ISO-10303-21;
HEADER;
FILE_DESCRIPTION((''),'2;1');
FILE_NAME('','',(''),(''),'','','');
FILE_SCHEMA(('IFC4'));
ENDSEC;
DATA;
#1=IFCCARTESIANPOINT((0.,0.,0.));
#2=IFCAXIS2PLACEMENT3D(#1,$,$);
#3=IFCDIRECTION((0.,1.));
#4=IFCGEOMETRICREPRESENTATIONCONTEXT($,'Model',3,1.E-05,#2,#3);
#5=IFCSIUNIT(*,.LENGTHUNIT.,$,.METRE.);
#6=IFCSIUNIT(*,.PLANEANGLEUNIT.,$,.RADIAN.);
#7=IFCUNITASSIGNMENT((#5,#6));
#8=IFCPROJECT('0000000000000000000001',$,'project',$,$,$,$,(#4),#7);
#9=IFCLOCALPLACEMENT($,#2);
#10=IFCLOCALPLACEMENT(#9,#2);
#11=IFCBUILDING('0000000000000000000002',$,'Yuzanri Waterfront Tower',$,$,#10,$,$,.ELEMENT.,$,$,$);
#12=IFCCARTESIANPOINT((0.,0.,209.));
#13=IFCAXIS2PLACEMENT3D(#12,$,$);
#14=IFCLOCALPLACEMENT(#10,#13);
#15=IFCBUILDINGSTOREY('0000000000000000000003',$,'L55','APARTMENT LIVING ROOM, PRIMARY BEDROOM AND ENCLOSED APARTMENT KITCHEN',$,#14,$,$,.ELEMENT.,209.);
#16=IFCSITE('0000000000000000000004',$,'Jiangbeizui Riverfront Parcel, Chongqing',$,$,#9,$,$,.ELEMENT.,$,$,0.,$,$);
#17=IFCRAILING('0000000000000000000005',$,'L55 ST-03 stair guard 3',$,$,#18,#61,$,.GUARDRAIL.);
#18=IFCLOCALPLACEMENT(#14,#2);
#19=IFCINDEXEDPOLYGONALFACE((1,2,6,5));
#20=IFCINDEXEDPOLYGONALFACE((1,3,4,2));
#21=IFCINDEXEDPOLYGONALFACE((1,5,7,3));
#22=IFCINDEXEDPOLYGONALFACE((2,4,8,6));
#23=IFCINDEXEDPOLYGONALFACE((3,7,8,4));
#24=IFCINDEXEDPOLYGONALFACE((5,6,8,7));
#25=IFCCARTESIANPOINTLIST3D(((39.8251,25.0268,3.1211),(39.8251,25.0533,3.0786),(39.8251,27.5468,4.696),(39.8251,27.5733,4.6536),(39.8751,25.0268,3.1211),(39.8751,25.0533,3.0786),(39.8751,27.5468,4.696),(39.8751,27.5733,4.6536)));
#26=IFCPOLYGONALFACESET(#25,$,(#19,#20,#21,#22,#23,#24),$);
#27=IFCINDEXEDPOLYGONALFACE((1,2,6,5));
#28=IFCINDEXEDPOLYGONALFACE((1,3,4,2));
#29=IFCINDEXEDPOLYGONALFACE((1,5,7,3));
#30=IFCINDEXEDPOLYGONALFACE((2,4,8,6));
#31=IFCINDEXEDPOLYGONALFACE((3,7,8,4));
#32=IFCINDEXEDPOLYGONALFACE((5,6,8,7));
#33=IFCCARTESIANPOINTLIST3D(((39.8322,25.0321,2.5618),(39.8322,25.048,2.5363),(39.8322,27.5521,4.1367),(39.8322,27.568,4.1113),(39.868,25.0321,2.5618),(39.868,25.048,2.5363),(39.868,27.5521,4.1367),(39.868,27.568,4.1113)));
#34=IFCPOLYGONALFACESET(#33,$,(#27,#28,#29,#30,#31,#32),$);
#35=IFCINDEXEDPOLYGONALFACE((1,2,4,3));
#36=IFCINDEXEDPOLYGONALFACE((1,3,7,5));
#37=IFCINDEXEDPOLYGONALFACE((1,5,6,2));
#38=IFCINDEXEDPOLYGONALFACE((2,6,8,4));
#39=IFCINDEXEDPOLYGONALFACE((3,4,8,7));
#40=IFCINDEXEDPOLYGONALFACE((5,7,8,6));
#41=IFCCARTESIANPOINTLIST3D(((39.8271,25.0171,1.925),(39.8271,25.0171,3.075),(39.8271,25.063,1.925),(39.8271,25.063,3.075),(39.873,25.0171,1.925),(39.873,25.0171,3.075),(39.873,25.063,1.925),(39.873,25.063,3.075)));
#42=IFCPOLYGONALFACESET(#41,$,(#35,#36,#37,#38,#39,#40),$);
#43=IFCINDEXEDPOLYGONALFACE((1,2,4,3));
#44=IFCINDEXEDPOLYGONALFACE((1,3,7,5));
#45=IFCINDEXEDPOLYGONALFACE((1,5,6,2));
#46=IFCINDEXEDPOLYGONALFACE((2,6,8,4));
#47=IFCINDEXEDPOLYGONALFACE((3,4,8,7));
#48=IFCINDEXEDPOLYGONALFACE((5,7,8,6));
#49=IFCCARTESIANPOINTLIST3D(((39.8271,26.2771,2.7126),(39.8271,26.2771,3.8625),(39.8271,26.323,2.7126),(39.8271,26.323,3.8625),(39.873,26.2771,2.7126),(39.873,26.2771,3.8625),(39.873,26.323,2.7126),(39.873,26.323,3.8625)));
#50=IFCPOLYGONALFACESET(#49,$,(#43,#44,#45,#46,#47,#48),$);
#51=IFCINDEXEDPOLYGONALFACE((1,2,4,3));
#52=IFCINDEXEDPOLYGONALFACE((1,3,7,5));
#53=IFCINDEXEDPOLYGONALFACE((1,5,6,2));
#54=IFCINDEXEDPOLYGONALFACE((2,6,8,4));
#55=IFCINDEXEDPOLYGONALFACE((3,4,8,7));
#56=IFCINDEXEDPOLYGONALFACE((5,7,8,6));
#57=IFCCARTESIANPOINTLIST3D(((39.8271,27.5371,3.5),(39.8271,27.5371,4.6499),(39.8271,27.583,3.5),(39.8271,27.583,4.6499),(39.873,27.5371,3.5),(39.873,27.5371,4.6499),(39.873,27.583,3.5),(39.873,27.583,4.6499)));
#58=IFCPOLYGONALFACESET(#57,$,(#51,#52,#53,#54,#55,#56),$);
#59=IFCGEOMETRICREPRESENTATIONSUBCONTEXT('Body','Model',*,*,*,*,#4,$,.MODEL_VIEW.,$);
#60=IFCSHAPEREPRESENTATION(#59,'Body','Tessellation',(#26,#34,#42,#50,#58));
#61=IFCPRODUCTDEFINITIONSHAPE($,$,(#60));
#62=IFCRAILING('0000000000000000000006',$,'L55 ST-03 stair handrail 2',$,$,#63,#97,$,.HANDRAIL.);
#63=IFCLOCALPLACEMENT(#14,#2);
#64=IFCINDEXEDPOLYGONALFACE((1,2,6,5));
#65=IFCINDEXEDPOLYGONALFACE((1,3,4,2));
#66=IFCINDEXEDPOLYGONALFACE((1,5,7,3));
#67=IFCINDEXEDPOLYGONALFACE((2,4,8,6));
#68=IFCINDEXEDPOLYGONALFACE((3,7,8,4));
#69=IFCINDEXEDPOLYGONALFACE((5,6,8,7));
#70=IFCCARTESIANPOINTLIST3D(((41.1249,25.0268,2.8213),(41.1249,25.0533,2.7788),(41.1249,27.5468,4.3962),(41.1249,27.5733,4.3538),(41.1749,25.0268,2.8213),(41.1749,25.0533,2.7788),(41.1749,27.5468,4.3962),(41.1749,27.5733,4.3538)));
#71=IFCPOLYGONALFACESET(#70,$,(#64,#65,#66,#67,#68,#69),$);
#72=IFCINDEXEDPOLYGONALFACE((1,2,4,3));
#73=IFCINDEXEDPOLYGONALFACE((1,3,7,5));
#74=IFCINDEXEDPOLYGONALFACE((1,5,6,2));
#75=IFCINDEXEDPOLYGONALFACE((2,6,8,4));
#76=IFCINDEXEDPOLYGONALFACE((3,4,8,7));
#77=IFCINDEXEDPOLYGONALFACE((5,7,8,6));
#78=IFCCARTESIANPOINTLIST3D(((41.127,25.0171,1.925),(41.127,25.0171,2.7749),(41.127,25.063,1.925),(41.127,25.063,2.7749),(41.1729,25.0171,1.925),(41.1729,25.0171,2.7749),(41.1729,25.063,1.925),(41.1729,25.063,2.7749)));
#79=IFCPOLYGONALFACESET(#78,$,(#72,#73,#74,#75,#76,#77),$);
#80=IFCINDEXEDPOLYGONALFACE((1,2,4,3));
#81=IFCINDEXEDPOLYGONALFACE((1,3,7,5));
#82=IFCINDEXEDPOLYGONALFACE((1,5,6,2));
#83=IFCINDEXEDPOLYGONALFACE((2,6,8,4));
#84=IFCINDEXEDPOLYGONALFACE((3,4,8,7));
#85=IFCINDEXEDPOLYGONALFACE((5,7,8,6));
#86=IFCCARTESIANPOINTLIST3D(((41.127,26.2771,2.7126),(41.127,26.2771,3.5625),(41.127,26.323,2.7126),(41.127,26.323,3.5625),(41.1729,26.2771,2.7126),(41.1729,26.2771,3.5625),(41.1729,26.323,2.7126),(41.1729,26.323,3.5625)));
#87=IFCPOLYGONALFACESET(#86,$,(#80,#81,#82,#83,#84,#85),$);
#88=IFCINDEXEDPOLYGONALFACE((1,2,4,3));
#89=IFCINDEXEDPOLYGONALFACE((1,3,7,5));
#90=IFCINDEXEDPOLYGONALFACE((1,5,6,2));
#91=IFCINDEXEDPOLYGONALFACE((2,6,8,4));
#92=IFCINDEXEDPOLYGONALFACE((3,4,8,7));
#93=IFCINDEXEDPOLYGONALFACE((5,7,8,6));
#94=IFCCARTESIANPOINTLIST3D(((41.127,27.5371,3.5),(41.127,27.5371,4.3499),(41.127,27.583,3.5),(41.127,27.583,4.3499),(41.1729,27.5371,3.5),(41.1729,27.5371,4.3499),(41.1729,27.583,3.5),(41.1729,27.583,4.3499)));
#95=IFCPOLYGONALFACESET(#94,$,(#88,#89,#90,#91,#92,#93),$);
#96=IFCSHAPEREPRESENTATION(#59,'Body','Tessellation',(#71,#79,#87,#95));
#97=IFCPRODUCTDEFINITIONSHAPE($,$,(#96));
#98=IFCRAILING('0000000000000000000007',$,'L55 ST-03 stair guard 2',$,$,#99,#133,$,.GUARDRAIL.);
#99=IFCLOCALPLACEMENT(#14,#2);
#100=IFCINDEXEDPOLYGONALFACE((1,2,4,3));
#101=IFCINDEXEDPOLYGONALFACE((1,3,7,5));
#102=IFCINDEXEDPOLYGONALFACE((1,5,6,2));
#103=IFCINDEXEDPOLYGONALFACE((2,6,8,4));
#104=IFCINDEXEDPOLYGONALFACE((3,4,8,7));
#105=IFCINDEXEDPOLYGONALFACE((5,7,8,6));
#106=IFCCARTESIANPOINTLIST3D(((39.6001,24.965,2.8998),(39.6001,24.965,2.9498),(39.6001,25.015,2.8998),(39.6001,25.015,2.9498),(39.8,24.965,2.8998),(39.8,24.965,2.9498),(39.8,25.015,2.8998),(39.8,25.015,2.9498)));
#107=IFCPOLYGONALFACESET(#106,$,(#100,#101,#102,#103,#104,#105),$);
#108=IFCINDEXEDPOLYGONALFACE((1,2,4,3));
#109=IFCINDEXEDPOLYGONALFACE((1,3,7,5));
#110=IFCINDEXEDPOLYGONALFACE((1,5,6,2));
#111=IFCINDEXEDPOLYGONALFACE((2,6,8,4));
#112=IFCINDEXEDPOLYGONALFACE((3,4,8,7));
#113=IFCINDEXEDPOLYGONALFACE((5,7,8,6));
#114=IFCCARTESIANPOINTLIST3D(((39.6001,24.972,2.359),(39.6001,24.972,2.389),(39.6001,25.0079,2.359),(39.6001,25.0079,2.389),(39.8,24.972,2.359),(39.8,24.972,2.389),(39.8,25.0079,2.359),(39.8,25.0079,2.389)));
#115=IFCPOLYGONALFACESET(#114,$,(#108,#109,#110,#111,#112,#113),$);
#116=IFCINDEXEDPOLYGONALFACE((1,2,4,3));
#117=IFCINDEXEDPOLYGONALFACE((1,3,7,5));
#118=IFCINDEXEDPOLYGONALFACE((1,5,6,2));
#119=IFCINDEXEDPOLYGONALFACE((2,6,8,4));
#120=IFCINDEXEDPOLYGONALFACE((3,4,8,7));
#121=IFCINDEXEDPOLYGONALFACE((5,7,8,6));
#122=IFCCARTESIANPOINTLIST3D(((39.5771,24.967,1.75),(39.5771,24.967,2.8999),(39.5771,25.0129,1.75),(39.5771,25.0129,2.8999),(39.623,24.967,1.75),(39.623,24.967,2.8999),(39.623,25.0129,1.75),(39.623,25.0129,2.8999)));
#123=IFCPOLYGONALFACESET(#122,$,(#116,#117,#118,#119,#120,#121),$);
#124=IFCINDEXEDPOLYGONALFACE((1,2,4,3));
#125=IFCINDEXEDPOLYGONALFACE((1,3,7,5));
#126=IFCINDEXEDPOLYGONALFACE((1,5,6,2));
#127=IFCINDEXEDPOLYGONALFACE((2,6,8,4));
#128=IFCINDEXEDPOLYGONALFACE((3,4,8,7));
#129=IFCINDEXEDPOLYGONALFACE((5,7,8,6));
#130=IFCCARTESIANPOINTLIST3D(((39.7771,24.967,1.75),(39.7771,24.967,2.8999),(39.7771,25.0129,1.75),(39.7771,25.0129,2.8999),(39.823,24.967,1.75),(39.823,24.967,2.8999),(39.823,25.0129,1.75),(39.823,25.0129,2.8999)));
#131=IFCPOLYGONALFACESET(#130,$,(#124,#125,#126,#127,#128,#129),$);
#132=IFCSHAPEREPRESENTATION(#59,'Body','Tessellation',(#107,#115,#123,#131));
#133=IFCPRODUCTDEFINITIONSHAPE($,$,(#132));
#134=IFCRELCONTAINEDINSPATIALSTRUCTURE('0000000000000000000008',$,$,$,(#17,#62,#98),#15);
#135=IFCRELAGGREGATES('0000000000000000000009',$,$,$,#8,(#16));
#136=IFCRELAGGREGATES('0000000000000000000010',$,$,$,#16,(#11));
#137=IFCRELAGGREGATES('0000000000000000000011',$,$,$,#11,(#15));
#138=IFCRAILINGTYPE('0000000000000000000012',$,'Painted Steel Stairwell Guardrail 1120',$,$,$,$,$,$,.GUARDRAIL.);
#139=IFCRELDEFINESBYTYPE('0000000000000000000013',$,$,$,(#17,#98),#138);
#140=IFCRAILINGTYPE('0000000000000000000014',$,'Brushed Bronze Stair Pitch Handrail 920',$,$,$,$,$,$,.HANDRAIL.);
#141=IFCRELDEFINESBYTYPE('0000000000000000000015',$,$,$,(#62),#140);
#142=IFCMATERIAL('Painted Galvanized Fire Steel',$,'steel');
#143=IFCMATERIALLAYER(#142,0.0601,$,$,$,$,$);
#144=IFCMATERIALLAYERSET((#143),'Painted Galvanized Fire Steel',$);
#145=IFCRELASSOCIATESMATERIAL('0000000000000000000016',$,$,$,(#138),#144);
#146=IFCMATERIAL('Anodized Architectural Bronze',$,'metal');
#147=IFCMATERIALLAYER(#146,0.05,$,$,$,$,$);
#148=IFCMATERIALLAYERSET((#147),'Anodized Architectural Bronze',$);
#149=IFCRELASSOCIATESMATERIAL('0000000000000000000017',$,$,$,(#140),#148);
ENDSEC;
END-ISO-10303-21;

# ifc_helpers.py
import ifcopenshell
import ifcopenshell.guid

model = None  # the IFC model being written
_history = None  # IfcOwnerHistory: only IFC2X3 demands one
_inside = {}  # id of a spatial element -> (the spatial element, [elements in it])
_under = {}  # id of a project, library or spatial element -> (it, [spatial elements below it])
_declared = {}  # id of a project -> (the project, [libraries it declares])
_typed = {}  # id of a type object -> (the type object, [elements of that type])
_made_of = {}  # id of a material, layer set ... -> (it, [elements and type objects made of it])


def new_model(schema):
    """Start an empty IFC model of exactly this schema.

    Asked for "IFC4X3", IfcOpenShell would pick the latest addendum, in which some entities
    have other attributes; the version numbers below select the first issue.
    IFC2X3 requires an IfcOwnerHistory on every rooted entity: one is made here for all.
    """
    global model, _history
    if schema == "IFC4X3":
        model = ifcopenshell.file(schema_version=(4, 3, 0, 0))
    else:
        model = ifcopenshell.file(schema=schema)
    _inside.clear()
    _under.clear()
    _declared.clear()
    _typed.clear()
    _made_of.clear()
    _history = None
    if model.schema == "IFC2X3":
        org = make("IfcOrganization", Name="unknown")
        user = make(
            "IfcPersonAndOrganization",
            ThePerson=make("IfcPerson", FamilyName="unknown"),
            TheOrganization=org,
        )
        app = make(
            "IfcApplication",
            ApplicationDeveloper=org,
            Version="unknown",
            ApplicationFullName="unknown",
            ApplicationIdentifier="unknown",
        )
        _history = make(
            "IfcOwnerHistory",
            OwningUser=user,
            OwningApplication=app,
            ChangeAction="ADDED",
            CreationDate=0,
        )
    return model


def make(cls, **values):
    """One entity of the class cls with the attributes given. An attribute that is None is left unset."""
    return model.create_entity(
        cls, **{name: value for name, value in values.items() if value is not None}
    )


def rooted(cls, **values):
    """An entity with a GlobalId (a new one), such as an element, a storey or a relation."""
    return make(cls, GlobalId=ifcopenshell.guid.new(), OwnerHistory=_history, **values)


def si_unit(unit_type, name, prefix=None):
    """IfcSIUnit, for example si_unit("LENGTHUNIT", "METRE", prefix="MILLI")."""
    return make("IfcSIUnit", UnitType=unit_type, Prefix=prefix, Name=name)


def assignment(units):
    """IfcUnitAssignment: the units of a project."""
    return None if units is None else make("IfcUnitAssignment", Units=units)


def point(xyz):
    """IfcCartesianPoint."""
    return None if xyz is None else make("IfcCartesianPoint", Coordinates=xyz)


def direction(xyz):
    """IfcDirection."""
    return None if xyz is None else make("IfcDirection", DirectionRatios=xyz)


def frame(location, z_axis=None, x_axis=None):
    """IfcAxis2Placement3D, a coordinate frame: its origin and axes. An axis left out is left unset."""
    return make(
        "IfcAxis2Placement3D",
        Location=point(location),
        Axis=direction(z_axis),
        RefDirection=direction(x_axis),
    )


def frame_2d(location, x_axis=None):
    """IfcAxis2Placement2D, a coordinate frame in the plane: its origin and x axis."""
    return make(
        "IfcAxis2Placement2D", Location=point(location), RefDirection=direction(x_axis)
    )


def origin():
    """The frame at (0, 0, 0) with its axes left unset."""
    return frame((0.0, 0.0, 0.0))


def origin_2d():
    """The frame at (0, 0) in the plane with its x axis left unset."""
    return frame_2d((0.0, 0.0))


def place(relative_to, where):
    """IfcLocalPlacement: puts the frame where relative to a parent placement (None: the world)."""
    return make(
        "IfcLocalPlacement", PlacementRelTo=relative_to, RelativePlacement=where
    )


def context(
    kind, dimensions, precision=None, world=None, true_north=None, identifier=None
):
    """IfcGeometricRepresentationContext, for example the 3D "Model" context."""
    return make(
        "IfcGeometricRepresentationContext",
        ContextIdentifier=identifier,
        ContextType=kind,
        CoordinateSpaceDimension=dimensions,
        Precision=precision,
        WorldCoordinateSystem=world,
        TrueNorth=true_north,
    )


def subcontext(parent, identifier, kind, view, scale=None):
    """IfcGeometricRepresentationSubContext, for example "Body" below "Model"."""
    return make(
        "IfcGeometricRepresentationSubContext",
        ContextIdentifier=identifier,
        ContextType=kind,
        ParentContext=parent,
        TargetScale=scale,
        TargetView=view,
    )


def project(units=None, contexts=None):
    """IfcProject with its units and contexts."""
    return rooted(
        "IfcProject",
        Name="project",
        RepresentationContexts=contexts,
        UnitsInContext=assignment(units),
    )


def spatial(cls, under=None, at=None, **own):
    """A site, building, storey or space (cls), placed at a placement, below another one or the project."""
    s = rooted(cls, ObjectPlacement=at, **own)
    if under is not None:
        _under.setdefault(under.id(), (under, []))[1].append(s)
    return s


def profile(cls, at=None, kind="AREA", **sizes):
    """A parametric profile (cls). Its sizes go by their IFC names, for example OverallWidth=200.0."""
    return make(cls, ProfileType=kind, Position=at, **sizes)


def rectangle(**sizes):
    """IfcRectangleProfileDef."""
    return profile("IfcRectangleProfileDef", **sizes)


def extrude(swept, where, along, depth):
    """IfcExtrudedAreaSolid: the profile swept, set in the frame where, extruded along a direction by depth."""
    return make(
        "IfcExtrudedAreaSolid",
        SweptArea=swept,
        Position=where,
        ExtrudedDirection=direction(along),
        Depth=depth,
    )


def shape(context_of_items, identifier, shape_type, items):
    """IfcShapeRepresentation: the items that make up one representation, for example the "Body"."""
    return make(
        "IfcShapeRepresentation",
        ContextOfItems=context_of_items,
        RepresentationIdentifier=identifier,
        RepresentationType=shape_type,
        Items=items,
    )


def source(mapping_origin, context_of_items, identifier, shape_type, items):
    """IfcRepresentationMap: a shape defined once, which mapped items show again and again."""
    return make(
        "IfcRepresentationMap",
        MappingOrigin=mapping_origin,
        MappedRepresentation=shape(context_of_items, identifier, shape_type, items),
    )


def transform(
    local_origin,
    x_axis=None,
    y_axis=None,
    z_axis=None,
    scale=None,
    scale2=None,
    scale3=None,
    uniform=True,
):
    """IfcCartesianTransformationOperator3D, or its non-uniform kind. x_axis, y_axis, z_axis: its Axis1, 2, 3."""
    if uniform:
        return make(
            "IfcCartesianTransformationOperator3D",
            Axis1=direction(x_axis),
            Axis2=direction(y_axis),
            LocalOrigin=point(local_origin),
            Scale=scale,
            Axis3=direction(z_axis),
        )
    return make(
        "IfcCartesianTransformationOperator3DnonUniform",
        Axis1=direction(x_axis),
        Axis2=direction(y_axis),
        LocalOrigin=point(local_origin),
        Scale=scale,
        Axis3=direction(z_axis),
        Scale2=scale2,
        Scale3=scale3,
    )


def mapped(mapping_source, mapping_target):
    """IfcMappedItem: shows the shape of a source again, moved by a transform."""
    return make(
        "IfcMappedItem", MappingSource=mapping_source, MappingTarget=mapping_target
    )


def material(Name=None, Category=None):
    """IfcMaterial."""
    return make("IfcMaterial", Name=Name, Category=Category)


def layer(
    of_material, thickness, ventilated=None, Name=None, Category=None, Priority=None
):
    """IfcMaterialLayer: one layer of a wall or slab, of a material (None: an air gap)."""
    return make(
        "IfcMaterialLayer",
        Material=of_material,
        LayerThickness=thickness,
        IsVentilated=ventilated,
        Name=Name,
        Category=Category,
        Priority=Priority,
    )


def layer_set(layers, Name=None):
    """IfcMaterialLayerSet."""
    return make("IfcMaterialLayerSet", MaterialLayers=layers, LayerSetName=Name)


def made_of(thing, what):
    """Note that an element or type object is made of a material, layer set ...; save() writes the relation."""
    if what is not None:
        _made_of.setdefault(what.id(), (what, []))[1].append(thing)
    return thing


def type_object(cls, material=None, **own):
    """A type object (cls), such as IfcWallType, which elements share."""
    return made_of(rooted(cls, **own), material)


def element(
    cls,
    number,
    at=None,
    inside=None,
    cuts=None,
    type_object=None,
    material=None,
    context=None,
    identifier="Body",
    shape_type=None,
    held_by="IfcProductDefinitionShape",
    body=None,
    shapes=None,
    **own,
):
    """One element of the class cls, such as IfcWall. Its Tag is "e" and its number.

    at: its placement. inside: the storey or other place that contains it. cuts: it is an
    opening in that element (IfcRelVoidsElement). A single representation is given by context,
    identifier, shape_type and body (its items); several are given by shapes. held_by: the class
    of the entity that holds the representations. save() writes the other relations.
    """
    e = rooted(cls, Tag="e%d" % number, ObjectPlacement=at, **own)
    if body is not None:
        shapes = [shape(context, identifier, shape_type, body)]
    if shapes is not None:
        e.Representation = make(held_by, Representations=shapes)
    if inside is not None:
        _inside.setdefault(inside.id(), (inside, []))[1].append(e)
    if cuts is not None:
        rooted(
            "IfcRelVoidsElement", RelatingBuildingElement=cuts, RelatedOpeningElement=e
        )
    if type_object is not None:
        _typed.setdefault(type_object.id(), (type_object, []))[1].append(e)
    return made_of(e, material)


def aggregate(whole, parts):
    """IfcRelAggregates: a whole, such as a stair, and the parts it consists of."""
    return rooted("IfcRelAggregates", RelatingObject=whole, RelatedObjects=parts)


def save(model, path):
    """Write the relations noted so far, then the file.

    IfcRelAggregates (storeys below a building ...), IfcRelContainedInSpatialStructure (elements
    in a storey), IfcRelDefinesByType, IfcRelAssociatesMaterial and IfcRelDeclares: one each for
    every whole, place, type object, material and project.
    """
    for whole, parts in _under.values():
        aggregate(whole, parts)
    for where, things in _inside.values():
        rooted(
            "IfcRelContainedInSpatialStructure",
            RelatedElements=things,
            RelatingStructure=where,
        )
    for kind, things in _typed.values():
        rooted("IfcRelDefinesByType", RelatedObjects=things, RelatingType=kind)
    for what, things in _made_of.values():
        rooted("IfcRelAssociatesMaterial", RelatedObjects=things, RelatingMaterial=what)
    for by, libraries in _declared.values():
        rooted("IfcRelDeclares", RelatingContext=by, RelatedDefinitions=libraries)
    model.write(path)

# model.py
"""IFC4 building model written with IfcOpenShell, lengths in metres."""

from ifc_helpers import new_model, si_unit, direction, frame, origin, origin_2d, place, context, subcontext, project, spatial, rectangle, extrude, source, transform, mapped, material, layer, layer_set, type_object, element, save


model = new_model("IFC4")

# Units and contexts
model_context = context("Model", 3, precision=1e-05, world=origin(), true_north=direction((0.0, 1.0)))
body_context = subcontext(model_context, "Body", "Model", "MODEL_VIEW")
ifc_project = project(units=[si_unit("LENGTHUNIT", "METRE"), si_unit("PLANEANGLEUNIT", "RADIAN")], contexts=[model_context])

# Site, building, storey
site_placement = place(None, origin())
site = spatial("IfcSite", under=ifc_project, at=site_placement, Name="Jiangbeizui Riverfront Parcel, Chongqing", CompositionType="ELEMENT", RefElevation=0.0)
building_placement = place(site_placement, origin())
building = spatial("IfcBuilding", under=site, at=building_placement, Name="Yuzanri Waterfront Tower", CompositionType="ELEMENT")
storey_placement = place(building_placement, frame((0.0, 0.0, 209.0)))
storey = spatial("IfcBuildingStorey", under=building, at=storey_placement, Name="L55", Description="APARTMENT LIVING ROOM, PRIMARY BEDROOM AND ENCLOSED APARTMENT KITCHEN", CompositionType="ELEMENT", Elevation=209.0)

# Railings
ifc_material_1 = material(Name="Painted Galvanized Fire Steel", Category="steel")
ifc_layer_1 = layer(ifc_material_1, 0.0601)
ifc_layer_set_1 = layer_set([ifc_layer_1], Name="Painted Galvanized Fire Steel")
railing_type_1 = type_object("IfcRailingType", Name="Painted Steel Stairwell Guardrail 1120", PredefinedType="GUARDRAIL", material=ifc_layer_set_1)
shared_shape_1 = source(origin(), body_context, "Body", "SweptSolid", [
    extrude(rectangle(XDim=0.05, YDim=0.05, at=origin_2d()), frame((0.0, 0.0, 1.1748), z_axis=(0.0, 0.848008, 0.529984), x_axis=(-1.0, 0.0, 0.0)), (0.0, 0.0, 1.0), 2.9717),
    extrude(rectangle(XDim=0.0359, YDim=0.03, at=origin_2d()), frame((0.0, 0.0, 0.624), z_axis=(0.0, 0.848008, 0.529984), x_axis=(-1.0, 0.0, 0.0)), (0.0, 0.0, 1.0), 2.9717),
    extrude(rectangle(XDim=0.0459, YDim=0.0459, at=origin_2d()), origin(), (0.0, 0.0, 1.0), 1.1499),
    extrude(rectangle(XDim=0.0459, YDim=0.0459, at=origin_2d()), frame((0.0, 1.26, 0.7876)), (0.0, 0.0, 1.0), 1.1499),
    extrude(rectangle(XDim=0.0459, YDim=0.0459, at=origin_2d()), frame((0.0, 2.52, 1.575)), (0.0, 0.0, 1.0), 1.1499),
])
railing_1_placement = place(storey_placement, frame((39.8501, 25.04, 1.925)))
element("IfcRailing", 1, at=railing_1_placement, inside=storey, type_object=railing_type_1, Name="L55 ST-03 stair guard 3", PredefinedType="GUARDRAIL", context=body_context, shape_type="MappedRepresentation", body=[
    mapped(shared_shape_1, transform((0.0, 0.0, 0.0), scale=1.0)),
])
ifc_material_2 = material(Name="Anodized Architectural Bronze", Category="metal")
ifc_layer_2 = layer(ifc_material_2, 0.05)
ifc_layer_set_2 = layer_set([ifc_layer_2], Name="Anodized Architectural Bronze")
railing_type_2 = type_object("IfcRailingType", Name="Brushed Bronze Stair Pitch Handrail 920", PredefinedType="HANDRAIL", material=ifc_layer_set_2)
shared_shape_2 = source(origin(), body_context, "Body", "SweptSolid", [
    extrude(rectangle(XDim=0.05, YDim=0.05, at=origin_2d()), frame((0.0, 0.0, 0.875), z_axis=(0.0, 0.848008, 0.529984), x_axis=(-1.0, 0.0, 0.0)), (0.0, 0.0, 1.0), 2.9717),
    extrude(rectangle(XDim=0.0459, YDim=0.0459, at=origin_2d()), origin(), (0.0, 0.0, 1.0), 0.8499),
    extrude(rectangle(XDim=0.0459, YDim=0.0459, at=origin_2d()), frame((0.0, 1.26, 0.7876)), (0.0, 0.0, 1.0), 0.8499),
    extrude(rectangle(XDim=0.0459, YDim=0.0459, at=origin_2d()), frame((0.0, 2.52, 1.575)), (0.0, 0.0, 1.0), 0.8499),
])
railing_2_placement = place(storey_placement, frame((41.1499, 25.04, 1.925)))
element("IfcRailing", 2, at=railing_2_placement, inside=storey, type_object=railing_type_2, Name="L55 ST-03 stair handrail 2", PredefinedType="HANDRAIL", context=body_context, shape_type="MappedRepresentation", body=[
    mapped(shared_shape_2, transform((0.0, 0.0, 0.0), scale=1.0)),
])
shared_shape_3 = source(origin(), body_context, "Body", "SweptSolid", [
    extrude(rectangle(XDim=0.05, YDim=0.05, at=origin_2d()), frame((0.0, 0.0, 1.1748), z_axis=(1.0, 0.0, 0.0), x_axis=(0.0, 1.0, 0.0)), (0.0, 0.0, 1.0), 0.2),
    extrude(rectangle(XDim=0.0359, YDim=0.03, at=origin_2d()), frame((0.0, 0.0, 0.624), z_axis=(1.0, 0.0, 0.0), x_axis=(0.0, 1.0, 0.0)), (0.0, 0.0, 1.0), 0.2),
    extrude(rectangle(XDim=0.0459, YDim=0.0459, at=origin_2d()), origin(), (0.0, 0.0, 1.0), 1.1499),
    extrude(rectangle(XDim=0.0459, YDim=0.0459, at=origin_2d()), frame((0.2, 0.0, 0.0)), (0.0, 0.0, 1.0), 1.1499),
])
railing_3_placement = place(storey_placement, frame((39.6001, 24.99, 1.75)))
element("IfcRailing", 3, at=railing_3_placement, inside=storey, type_object=railing_type_1, Name="L55 ST-03 stair guard 2", PredefinedType="GUARDRAIL", context=body_context, shape_type="MappedRepresentation", body=[
    mapped(shared_shape_3, transform((0.0, 0.0, 0.0), scale=1.0)),
])

save(model, "model.ifc")
